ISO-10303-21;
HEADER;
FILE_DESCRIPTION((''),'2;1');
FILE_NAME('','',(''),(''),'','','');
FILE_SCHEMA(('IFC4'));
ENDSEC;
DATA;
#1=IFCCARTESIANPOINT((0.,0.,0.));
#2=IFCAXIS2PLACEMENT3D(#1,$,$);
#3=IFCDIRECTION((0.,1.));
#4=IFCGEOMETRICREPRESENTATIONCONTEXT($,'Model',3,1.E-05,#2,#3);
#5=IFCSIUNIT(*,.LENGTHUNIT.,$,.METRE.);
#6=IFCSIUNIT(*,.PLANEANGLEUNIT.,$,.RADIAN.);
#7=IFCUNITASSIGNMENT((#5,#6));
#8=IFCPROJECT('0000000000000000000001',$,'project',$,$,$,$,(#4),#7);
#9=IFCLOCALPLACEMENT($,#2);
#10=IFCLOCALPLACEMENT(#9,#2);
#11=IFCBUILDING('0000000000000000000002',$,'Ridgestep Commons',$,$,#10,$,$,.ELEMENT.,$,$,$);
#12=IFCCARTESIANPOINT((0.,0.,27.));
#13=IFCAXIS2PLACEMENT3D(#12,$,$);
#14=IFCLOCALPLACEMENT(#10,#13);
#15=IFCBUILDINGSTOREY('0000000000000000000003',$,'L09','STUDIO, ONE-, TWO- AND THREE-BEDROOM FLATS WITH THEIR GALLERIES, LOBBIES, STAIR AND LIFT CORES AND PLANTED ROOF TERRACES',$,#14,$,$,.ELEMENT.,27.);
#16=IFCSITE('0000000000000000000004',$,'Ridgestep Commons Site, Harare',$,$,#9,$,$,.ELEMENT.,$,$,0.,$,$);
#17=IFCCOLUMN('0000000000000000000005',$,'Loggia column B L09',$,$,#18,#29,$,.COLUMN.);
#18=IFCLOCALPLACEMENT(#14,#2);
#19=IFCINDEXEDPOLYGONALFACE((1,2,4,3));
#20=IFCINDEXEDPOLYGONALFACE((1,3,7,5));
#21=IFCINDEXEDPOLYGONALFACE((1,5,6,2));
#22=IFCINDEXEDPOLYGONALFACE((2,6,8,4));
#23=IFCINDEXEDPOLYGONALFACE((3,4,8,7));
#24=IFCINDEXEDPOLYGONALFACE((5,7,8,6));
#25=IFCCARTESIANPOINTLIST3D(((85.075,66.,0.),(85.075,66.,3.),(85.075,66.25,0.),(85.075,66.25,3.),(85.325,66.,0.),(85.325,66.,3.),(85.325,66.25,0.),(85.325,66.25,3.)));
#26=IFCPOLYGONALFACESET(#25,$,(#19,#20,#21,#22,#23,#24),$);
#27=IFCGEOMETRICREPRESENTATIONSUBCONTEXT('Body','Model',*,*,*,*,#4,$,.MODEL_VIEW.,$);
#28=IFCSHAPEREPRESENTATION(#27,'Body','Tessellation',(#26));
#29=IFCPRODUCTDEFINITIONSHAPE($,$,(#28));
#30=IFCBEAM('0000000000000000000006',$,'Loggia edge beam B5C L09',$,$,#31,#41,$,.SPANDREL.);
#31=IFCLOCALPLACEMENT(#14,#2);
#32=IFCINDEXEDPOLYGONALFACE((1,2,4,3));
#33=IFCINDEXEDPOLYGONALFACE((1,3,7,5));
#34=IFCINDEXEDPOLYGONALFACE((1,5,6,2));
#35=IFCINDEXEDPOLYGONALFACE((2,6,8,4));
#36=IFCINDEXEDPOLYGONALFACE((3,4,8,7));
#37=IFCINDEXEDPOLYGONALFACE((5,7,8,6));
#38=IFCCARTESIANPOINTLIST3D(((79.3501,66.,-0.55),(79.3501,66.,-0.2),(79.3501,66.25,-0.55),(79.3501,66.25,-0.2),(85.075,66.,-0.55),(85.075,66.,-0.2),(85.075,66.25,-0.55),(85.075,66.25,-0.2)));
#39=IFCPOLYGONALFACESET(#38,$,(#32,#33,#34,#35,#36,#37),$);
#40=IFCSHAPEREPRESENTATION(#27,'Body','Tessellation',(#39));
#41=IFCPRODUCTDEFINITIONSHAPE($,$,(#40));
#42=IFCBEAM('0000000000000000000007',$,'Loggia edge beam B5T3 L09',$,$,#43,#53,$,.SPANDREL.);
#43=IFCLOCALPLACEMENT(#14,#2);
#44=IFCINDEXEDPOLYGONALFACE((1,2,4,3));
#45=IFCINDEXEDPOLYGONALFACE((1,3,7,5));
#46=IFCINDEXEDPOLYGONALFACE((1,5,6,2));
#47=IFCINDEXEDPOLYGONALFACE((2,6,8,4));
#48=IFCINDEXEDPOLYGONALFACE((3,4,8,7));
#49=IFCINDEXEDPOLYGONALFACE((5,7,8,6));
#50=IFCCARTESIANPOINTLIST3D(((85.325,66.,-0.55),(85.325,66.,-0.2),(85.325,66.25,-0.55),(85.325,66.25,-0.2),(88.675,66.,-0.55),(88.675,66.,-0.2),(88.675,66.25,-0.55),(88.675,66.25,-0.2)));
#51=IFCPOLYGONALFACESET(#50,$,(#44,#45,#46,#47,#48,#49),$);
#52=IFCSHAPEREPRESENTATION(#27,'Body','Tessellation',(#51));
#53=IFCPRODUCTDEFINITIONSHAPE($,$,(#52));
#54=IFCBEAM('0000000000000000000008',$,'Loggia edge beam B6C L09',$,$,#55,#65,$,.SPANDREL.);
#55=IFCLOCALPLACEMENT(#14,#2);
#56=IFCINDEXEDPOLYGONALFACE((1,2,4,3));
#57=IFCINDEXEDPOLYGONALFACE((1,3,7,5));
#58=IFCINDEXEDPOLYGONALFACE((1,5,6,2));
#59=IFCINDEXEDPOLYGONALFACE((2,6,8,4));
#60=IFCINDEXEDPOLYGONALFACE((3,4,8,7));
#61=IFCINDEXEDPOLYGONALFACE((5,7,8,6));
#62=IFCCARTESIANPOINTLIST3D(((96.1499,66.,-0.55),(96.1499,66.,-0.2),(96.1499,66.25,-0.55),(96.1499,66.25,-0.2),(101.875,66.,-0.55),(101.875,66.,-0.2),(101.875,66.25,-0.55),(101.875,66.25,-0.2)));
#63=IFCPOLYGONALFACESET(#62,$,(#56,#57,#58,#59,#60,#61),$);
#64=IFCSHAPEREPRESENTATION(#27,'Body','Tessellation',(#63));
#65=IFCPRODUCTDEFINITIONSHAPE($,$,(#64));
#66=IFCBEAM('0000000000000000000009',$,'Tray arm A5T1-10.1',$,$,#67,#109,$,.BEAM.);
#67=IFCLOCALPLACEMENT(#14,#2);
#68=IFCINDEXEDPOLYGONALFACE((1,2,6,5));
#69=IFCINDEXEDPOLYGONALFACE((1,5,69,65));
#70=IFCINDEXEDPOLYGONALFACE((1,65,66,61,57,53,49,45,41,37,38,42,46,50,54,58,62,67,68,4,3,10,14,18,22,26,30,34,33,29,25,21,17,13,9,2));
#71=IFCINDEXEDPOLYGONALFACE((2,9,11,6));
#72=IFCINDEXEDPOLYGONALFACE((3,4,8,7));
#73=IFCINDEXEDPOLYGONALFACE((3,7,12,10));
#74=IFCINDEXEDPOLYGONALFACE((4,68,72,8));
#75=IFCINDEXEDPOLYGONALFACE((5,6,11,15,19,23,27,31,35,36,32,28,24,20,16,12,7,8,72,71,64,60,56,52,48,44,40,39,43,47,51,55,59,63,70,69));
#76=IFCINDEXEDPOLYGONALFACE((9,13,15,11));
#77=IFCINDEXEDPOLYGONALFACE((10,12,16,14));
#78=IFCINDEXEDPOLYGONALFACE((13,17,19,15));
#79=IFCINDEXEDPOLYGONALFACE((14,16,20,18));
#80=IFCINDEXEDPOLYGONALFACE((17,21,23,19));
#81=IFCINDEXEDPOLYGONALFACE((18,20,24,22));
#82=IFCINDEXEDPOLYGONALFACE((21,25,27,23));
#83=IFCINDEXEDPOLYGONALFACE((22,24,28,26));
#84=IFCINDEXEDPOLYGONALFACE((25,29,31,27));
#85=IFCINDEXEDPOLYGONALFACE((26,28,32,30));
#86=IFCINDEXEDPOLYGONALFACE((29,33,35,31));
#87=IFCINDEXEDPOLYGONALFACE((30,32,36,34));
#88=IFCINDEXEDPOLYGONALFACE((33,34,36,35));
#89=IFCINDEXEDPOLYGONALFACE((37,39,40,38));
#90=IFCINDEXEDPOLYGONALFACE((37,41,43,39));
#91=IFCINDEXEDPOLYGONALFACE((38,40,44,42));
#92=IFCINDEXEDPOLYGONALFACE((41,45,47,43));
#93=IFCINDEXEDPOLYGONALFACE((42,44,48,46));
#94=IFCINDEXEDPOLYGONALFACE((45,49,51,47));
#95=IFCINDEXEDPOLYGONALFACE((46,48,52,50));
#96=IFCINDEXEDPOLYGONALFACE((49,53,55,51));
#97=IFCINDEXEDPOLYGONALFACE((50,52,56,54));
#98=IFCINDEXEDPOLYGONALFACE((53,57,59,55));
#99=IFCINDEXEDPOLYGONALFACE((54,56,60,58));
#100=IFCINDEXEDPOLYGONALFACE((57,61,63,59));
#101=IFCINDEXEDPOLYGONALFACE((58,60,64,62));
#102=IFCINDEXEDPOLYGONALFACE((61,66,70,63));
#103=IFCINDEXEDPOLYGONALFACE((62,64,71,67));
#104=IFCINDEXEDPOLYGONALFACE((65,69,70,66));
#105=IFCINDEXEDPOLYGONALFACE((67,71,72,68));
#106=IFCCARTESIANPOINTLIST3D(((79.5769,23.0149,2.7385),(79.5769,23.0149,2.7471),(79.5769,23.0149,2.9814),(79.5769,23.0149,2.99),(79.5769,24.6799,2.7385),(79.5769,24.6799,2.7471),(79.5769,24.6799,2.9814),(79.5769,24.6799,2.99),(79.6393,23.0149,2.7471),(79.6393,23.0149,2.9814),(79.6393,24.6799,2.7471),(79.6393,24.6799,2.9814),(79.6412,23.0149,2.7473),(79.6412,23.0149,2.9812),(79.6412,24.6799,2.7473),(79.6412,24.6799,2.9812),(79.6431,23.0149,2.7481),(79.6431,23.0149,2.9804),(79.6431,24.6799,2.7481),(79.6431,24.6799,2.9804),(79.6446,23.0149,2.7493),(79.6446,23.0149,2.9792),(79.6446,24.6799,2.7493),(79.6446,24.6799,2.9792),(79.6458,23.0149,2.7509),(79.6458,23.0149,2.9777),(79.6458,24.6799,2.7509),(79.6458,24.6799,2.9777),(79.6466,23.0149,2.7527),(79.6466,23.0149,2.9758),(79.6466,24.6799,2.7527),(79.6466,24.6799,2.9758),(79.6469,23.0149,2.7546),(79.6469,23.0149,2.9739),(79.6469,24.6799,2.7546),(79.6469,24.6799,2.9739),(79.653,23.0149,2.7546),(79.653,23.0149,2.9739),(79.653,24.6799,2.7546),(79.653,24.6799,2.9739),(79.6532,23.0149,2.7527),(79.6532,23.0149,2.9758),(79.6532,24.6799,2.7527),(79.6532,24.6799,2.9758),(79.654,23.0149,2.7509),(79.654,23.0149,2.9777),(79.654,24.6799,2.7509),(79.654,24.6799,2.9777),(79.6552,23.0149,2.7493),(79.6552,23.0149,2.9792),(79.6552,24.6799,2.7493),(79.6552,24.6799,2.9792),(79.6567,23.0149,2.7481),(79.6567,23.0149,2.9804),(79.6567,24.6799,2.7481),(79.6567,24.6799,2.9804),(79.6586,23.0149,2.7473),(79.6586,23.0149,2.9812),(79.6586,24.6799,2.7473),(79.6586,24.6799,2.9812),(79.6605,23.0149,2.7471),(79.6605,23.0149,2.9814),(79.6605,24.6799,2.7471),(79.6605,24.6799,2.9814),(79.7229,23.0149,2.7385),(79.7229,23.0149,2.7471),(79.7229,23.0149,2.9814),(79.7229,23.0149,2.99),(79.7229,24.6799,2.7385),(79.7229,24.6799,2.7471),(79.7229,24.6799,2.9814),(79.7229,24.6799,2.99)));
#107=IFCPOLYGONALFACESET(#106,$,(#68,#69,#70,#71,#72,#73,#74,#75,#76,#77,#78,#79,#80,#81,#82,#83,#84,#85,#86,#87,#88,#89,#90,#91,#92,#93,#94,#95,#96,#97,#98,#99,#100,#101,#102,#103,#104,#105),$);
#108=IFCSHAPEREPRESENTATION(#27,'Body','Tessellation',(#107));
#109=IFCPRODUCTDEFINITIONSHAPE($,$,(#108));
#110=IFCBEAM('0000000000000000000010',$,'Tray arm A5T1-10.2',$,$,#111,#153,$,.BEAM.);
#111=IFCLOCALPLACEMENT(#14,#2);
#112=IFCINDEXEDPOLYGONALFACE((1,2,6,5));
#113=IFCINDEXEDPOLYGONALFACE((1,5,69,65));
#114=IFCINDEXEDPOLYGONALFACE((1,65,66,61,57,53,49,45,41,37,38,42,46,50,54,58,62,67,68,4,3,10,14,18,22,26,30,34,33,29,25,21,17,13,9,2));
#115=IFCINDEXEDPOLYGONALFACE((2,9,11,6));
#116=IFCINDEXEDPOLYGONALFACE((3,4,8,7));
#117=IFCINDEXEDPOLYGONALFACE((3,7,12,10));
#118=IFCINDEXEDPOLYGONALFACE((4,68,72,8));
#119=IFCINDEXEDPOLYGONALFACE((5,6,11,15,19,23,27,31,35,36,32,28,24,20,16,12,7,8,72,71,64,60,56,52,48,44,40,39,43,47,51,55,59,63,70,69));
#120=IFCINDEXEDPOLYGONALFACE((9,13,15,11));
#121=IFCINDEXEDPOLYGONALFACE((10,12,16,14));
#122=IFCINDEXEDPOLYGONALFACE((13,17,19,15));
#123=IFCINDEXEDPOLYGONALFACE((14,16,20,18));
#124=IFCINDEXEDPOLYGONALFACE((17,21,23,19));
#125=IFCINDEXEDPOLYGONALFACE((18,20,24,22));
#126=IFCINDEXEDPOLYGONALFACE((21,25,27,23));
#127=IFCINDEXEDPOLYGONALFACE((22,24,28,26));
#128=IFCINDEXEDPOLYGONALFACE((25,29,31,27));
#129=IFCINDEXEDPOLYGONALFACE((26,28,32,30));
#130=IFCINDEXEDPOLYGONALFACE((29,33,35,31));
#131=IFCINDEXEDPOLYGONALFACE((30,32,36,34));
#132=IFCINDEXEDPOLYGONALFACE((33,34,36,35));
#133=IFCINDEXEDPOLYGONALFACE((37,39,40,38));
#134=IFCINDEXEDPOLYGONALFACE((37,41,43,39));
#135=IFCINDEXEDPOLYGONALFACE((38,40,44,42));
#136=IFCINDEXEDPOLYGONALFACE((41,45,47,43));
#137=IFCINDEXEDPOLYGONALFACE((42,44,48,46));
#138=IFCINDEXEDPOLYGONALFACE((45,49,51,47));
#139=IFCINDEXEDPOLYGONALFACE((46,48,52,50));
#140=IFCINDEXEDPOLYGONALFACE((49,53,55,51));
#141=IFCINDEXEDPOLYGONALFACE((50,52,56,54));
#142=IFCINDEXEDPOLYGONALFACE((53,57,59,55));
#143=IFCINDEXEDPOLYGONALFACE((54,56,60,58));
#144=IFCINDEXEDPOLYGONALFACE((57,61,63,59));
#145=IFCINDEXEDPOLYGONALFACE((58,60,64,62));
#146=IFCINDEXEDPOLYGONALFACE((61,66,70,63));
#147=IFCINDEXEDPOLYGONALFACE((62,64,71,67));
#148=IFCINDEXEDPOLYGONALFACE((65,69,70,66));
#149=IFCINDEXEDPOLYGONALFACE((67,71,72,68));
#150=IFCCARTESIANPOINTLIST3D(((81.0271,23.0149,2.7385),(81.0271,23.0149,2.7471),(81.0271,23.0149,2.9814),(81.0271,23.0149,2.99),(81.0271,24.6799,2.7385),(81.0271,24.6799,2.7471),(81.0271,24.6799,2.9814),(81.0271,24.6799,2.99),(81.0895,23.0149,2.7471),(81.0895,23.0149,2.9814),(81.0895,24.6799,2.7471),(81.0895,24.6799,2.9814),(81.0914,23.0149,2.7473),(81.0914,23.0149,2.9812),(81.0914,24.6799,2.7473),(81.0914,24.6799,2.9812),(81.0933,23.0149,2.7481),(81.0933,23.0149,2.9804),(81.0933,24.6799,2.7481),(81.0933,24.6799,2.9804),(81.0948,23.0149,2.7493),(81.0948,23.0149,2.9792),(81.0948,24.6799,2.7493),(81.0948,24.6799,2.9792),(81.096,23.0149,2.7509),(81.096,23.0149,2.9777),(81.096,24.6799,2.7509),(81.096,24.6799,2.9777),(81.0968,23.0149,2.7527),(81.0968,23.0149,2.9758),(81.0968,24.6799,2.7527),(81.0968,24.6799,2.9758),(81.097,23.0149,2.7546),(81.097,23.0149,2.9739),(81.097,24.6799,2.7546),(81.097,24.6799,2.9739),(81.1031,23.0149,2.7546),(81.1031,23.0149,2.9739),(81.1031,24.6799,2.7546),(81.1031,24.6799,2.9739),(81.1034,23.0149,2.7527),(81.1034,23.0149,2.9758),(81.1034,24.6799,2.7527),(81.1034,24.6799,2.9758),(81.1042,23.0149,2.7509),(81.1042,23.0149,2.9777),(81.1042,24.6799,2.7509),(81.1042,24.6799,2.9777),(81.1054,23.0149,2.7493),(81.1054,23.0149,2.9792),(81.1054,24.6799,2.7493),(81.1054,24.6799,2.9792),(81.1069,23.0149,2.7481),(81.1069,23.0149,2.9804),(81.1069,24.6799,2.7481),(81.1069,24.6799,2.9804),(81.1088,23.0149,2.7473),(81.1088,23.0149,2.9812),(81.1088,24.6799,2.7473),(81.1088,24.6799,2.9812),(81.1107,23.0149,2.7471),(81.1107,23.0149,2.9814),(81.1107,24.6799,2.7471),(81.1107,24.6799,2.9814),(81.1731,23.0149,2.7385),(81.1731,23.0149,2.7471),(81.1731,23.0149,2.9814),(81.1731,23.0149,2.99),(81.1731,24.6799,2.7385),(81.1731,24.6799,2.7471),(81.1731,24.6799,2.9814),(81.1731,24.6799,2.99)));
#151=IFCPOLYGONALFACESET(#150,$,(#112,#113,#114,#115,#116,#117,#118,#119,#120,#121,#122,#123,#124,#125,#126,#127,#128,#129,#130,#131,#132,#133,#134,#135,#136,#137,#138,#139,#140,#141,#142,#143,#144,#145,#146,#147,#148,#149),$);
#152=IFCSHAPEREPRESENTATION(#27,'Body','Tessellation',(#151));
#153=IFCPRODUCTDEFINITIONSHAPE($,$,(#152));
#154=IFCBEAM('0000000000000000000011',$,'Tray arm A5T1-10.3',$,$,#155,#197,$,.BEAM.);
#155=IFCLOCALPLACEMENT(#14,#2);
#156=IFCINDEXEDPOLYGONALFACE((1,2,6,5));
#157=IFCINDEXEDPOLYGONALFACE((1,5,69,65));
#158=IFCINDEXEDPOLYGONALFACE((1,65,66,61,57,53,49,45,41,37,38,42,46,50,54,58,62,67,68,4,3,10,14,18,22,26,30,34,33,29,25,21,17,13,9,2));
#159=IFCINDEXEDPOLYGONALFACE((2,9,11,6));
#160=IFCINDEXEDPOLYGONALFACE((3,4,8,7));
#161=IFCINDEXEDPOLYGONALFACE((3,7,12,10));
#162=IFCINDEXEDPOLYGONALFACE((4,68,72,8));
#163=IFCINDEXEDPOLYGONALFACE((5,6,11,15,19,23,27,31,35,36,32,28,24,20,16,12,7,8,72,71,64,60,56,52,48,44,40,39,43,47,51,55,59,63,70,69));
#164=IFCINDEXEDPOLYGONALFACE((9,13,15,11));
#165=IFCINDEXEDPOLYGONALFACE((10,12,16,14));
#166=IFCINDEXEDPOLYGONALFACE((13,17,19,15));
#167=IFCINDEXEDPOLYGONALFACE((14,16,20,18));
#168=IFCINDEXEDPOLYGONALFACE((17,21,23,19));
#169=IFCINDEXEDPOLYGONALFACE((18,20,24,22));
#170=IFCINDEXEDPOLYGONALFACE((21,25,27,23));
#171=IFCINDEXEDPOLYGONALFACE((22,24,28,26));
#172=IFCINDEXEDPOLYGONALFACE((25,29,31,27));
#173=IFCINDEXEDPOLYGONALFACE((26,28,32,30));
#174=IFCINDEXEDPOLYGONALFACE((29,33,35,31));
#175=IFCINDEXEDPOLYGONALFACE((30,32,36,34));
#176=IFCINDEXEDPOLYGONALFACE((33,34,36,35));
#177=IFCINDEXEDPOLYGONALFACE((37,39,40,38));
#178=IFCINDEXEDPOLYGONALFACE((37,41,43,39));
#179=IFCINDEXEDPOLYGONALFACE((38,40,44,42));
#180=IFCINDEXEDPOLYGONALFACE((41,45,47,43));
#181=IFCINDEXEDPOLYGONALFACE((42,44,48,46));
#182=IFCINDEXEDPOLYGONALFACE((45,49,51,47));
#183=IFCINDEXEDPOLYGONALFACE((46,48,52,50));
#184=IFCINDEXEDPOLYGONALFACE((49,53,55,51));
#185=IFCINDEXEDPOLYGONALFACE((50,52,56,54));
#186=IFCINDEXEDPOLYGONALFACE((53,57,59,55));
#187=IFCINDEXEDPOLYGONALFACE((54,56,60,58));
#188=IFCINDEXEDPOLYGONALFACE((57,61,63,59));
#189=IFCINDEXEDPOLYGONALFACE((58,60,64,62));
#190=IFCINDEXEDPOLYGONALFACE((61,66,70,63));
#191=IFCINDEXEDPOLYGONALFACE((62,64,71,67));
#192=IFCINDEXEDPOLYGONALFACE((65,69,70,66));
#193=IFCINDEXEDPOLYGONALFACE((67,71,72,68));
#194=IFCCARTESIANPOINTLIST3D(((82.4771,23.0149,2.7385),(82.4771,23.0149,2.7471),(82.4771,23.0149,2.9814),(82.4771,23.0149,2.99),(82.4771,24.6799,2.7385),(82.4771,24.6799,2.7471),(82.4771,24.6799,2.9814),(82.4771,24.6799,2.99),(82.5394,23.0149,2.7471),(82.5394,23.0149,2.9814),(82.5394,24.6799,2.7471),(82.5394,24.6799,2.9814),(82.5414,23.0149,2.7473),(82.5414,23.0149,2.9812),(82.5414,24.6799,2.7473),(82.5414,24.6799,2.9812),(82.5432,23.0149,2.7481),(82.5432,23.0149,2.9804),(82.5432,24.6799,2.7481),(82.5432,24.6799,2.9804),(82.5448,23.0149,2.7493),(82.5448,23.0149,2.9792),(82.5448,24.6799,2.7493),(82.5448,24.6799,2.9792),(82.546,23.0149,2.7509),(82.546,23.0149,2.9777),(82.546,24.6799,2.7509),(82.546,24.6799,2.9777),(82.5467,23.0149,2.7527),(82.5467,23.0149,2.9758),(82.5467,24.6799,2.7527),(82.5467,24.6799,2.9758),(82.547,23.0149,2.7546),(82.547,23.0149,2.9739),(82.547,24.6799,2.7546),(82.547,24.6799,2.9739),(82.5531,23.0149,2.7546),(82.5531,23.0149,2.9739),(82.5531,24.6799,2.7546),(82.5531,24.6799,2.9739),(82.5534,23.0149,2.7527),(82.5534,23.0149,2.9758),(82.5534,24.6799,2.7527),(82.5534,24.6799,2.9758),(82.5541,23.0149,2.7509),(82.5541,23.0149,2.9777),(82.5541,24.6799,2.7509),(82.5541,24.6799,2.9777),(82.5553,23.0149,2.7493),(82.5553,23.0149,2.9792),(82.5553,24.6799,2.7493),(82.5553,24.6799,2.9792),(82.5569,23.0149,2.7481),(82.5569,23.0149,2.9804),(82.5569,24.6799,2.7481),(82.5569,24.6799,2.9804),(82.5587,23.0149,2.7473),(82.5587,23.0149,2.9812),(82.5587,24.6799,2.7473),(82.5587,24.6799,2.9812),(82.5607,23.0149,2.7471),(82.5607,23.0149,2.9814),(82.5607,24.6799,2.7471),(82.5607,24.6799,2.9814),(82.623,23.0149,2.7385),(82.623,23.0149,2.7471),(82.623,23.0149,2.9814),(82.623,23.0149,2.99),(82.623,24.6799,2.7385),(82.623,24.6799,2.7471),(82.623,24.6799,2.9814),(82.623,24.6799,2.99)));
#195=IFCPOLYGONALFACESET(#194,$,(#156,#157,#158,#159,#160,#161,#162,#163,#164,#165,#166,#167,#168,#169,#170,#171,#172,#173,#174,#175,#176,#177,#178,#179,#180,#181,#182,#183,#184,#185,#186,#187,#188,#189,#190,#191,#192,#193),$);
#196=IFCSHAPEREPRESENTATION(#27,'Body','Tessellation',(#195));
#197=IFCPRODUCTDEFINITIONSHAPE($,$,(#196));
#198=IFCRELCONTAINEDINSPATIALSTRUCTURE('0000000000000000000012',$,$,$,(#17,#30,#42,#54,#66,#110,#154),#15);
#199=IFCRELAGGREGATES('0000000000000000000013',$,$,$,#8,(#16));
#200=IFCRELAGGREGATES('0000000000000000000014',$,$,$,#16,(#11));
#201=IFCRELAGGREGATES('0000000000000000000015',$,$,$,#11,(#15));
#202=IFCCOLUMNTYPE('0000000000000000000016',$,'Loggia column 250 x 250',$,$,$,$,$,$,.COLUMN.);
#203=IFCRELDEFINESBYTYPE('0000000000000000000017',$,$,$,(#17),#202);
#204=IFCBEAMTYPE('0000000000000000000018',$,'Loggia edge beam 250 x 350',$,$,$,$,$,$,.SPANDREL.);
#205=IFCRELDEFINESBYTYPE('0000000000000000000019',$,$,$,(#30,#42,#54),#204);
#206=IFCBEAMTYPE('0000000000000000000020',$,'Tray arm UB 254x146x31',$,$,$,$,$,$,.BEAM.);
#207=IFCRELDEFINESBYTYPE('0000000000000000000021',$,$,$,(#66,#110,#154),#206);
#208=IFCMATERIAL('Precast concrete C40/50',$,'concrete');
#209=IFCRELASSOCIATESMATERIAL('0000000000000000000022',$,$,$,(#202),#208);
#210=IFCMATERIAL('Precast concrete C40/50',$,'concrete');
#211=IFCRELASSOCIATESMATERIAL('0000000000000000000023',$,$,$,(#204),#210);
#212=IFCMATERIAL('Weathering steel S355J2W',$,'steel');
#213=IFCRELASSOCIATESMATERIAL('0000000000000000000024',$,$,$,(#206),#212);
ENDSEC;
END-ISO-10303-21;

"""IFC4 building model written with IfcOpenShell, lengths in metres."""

from ifc_helpers import new_model, si_unit, direction, frame, origin, origin_2d, place, context, subcontext, project, spatial, rectangle, i_section, extrude, material, material_profile, profile_set, type_object, element, save


model = new_model("IFC4")

# Units and contexts
model_context = context("Model", 3, precision=1e-05, world=origin(), true_north=direction((0.0, 1.0)))
body_context = subcontext(model_context, "Body", "Model", "MODEL_VIEW")
ifc_project = project(units=[si_unit("LENGTHUNIT", "METRE"), si_unit("PLANEANGLEUNIT", "RADIAN")], contexts=[model_context])

# Site, building, storey
site_placement = place(None, origin())
site = spatial("IfcSite", under=ifc_project, at=site_placement, Name="Ridgestep Commons Site, Harare", CompositionType="ELEMENT", RefElevation=0.0)
building_placement = place(site_placement, origin())
building = spatial("IfcBuilding", under=site, at=building_placement, Name="Ridgestep Commons", CompositionType="ELEMENT")
storey_placement = place(building_placement, frame((0.0, 0.0, 27.0)))
storey = spatial("IfcBuildingStorey", under=building, at=storey_placement, Name="L09", Description="STUDIO, ONE-, TWO- AND THREE-BEDROOM FLATS WITH THEIR GALLERIES, LOBBIES, STAIR AND LIFT CORES AND PLANTED ROOF TERRACES", CompositionType="ELEMENT", Elevation=27.0)

# Column
ifc_material_1 = material(Name="Precast concrete C40/50", Category="concrete")
ifc_material_profile_1 = material_profile(ifc_material_1, rectangle(XDim=0.25, YDim=0.25, at=origin_2d()), Name="PC 250x250")
ifc_profile_set_1 = profile_set([ifc_material_profile_1], Name="Precast concrete C40/50")
column_type = type_object("IfcColumnType", Name="Loggia column 250 x 250", PredefinedType="COLUMN", material=ifc_profile_set_1)
column_placement = place(storey_placement, frame((85.2, 66.125, 0.0), z_axis=(0.0, 0.0, 1.0), x_axis=(1.0, 0.0, 0.0)))
element("IfcColumn", 1, at=column_placement, inside=storey, type_object=column_type, Name="Loggia column B L09", PredefinedType="COLUMN", context=body_context, shape_type="SweptSolid", body=[
    extrude(rectangle(XDim=0.25, YDim=0.25, at=origin_2d()), origin(), (0.0, 0.0, 1.0), 3.0),
])

# Beams
ifc_material_2 = material(Name="Precast concrete C40/50", Category="concrete")
ifc_material_profile_2 = material_profile(ifc_material_2, rectangle(XDim=0.25, YDim=0.3501, at=origin_2d()), Name="PC 250x350")
ifc_profile_set_2 = profile_set([ifc_material_profile_2], Name="Precast concrete C40/50")
beam_type_1 = type_object("IfcBeamType", Name="Loggia edge beam 250 x 350", PredefinedType="SPANDREL", material=ifc_profile_set_2)
beam_1_placement = place(storey_placement, frame((79.3501, 66.125, -0.375), z_axis=(1.0, 0.0, 0.0), x_axis=(0.0, 1.0, 0.0)))
element("IfcBeam", 2, at=beam_1_placement, inside=storey, type_object=beam_type_1, Name="Loggia edge beam B5C L09", PredefinedType="SPANDREL", context=body_context, shape_type="SweptSolid", body=[
    extrude(rectangle(XDim=0.25, YDim=0.3501, at=origin_2d()), origin(), (0.0, 0.0, 1.0), 5.7249),
])
beam_2_placement = place(storey_placement, frame((85.325, 66.125, -0.375), z_axis=(1.0, 0.0, 0.0), x_axis=(0.0, 1.0, 0.0)))
element("IfcBeam", 3, at=beam_2_placement, inside=storey, type_object=beam_type_1, Name="Loggia edge beam B5T3 L09", PredefinedType="SPANDREL", context=body_context, shape_type="SweptSolid", body=[
    extrude(rectangle(XDim=0.25, YDim=0.3501, at=origin_2d()), origin(), (0.0, 0.0, 1.0), 3.3501),
])
beam_3_placement = place(storey_placement, frame((96.1499, 66.125, -0.375), z_axis=(1.0, 0.0, 0.0), x_axis=(0.0, 1.0, 0.0)))
element("IfcBeam", 4, at=beam_3_placement, inside=storey, type_object=beam_type_1, Name="Loggia edge beam B6C L09", PredefinedType="SPANDREL", context=body_context, shape_type="SweptSolid", body=[
    extrude(rectangle(XDim=0.25, YDim=0.3501, at=origin_2d()), origin(), (0.0, 0.0, 1.0), 5.7251),
])
ifc_material_3 = material(Name="Weathering steel S355J2W", Category="steel")
ifc_material_profile_3 = material_profile(ifc_material_3, i_section(OverallWidth=0.146, OverallDepth=0.2515, WebThickness=0.0061, FlangeThickness=0.0085, FilletRadius=0.0076, at=origin_2d()), Name="UB 254x146x31")
ifc_profile_set_3 = profile_set([ifc_material_profile_3], Name="Weathering steel S355J2W")
beam_type_2 = type_object("IfcBeamType", Name="Tray arm UB 254x146x31", PredefinedType="BEAM", material=ifc_profile_set_3)
for number, where, z_axis, x_axis, name in (
    (5, (79.6499, 23.0149, 2.8643), (0.0, 1.0, 0.0), (-1.0, 0.0, 0.0), "Tray arm A5T1-10.1"),
    (6, (81.1001, 23.0149, 2.8643), (0.0, 1.0, 0.0), (-1.0, 0.0, 0.0), "Tray arm A5T1-10.2"),
    (7, (82.55, 23.0149, 2.8643), (0.0, 1.0, 0.0), (-1.0, 0.0, 0.0), "Tray arm A5T1-10.3"),
):
    element("IfcBeam", number, at=place(storey_placement, frame(where, z_axis=z_axis, x_axis=x_axis)), inside=storey, type_object=beam_type_2, Name=name, PredefinedType="BEAM", context=body_context, shape_type="SweptSolid", body=[
        extrude(i_section(OverallWidth=0.146, OverallDepth=0.2515, WebThickness=0.0061, FlangeThickness=0.0085, FilletRadius=0.0076, at=origin_2d()), origin(), (0.0, 0.0, 1.0), 1.665),
    ])

save(model, "model.ifc")
